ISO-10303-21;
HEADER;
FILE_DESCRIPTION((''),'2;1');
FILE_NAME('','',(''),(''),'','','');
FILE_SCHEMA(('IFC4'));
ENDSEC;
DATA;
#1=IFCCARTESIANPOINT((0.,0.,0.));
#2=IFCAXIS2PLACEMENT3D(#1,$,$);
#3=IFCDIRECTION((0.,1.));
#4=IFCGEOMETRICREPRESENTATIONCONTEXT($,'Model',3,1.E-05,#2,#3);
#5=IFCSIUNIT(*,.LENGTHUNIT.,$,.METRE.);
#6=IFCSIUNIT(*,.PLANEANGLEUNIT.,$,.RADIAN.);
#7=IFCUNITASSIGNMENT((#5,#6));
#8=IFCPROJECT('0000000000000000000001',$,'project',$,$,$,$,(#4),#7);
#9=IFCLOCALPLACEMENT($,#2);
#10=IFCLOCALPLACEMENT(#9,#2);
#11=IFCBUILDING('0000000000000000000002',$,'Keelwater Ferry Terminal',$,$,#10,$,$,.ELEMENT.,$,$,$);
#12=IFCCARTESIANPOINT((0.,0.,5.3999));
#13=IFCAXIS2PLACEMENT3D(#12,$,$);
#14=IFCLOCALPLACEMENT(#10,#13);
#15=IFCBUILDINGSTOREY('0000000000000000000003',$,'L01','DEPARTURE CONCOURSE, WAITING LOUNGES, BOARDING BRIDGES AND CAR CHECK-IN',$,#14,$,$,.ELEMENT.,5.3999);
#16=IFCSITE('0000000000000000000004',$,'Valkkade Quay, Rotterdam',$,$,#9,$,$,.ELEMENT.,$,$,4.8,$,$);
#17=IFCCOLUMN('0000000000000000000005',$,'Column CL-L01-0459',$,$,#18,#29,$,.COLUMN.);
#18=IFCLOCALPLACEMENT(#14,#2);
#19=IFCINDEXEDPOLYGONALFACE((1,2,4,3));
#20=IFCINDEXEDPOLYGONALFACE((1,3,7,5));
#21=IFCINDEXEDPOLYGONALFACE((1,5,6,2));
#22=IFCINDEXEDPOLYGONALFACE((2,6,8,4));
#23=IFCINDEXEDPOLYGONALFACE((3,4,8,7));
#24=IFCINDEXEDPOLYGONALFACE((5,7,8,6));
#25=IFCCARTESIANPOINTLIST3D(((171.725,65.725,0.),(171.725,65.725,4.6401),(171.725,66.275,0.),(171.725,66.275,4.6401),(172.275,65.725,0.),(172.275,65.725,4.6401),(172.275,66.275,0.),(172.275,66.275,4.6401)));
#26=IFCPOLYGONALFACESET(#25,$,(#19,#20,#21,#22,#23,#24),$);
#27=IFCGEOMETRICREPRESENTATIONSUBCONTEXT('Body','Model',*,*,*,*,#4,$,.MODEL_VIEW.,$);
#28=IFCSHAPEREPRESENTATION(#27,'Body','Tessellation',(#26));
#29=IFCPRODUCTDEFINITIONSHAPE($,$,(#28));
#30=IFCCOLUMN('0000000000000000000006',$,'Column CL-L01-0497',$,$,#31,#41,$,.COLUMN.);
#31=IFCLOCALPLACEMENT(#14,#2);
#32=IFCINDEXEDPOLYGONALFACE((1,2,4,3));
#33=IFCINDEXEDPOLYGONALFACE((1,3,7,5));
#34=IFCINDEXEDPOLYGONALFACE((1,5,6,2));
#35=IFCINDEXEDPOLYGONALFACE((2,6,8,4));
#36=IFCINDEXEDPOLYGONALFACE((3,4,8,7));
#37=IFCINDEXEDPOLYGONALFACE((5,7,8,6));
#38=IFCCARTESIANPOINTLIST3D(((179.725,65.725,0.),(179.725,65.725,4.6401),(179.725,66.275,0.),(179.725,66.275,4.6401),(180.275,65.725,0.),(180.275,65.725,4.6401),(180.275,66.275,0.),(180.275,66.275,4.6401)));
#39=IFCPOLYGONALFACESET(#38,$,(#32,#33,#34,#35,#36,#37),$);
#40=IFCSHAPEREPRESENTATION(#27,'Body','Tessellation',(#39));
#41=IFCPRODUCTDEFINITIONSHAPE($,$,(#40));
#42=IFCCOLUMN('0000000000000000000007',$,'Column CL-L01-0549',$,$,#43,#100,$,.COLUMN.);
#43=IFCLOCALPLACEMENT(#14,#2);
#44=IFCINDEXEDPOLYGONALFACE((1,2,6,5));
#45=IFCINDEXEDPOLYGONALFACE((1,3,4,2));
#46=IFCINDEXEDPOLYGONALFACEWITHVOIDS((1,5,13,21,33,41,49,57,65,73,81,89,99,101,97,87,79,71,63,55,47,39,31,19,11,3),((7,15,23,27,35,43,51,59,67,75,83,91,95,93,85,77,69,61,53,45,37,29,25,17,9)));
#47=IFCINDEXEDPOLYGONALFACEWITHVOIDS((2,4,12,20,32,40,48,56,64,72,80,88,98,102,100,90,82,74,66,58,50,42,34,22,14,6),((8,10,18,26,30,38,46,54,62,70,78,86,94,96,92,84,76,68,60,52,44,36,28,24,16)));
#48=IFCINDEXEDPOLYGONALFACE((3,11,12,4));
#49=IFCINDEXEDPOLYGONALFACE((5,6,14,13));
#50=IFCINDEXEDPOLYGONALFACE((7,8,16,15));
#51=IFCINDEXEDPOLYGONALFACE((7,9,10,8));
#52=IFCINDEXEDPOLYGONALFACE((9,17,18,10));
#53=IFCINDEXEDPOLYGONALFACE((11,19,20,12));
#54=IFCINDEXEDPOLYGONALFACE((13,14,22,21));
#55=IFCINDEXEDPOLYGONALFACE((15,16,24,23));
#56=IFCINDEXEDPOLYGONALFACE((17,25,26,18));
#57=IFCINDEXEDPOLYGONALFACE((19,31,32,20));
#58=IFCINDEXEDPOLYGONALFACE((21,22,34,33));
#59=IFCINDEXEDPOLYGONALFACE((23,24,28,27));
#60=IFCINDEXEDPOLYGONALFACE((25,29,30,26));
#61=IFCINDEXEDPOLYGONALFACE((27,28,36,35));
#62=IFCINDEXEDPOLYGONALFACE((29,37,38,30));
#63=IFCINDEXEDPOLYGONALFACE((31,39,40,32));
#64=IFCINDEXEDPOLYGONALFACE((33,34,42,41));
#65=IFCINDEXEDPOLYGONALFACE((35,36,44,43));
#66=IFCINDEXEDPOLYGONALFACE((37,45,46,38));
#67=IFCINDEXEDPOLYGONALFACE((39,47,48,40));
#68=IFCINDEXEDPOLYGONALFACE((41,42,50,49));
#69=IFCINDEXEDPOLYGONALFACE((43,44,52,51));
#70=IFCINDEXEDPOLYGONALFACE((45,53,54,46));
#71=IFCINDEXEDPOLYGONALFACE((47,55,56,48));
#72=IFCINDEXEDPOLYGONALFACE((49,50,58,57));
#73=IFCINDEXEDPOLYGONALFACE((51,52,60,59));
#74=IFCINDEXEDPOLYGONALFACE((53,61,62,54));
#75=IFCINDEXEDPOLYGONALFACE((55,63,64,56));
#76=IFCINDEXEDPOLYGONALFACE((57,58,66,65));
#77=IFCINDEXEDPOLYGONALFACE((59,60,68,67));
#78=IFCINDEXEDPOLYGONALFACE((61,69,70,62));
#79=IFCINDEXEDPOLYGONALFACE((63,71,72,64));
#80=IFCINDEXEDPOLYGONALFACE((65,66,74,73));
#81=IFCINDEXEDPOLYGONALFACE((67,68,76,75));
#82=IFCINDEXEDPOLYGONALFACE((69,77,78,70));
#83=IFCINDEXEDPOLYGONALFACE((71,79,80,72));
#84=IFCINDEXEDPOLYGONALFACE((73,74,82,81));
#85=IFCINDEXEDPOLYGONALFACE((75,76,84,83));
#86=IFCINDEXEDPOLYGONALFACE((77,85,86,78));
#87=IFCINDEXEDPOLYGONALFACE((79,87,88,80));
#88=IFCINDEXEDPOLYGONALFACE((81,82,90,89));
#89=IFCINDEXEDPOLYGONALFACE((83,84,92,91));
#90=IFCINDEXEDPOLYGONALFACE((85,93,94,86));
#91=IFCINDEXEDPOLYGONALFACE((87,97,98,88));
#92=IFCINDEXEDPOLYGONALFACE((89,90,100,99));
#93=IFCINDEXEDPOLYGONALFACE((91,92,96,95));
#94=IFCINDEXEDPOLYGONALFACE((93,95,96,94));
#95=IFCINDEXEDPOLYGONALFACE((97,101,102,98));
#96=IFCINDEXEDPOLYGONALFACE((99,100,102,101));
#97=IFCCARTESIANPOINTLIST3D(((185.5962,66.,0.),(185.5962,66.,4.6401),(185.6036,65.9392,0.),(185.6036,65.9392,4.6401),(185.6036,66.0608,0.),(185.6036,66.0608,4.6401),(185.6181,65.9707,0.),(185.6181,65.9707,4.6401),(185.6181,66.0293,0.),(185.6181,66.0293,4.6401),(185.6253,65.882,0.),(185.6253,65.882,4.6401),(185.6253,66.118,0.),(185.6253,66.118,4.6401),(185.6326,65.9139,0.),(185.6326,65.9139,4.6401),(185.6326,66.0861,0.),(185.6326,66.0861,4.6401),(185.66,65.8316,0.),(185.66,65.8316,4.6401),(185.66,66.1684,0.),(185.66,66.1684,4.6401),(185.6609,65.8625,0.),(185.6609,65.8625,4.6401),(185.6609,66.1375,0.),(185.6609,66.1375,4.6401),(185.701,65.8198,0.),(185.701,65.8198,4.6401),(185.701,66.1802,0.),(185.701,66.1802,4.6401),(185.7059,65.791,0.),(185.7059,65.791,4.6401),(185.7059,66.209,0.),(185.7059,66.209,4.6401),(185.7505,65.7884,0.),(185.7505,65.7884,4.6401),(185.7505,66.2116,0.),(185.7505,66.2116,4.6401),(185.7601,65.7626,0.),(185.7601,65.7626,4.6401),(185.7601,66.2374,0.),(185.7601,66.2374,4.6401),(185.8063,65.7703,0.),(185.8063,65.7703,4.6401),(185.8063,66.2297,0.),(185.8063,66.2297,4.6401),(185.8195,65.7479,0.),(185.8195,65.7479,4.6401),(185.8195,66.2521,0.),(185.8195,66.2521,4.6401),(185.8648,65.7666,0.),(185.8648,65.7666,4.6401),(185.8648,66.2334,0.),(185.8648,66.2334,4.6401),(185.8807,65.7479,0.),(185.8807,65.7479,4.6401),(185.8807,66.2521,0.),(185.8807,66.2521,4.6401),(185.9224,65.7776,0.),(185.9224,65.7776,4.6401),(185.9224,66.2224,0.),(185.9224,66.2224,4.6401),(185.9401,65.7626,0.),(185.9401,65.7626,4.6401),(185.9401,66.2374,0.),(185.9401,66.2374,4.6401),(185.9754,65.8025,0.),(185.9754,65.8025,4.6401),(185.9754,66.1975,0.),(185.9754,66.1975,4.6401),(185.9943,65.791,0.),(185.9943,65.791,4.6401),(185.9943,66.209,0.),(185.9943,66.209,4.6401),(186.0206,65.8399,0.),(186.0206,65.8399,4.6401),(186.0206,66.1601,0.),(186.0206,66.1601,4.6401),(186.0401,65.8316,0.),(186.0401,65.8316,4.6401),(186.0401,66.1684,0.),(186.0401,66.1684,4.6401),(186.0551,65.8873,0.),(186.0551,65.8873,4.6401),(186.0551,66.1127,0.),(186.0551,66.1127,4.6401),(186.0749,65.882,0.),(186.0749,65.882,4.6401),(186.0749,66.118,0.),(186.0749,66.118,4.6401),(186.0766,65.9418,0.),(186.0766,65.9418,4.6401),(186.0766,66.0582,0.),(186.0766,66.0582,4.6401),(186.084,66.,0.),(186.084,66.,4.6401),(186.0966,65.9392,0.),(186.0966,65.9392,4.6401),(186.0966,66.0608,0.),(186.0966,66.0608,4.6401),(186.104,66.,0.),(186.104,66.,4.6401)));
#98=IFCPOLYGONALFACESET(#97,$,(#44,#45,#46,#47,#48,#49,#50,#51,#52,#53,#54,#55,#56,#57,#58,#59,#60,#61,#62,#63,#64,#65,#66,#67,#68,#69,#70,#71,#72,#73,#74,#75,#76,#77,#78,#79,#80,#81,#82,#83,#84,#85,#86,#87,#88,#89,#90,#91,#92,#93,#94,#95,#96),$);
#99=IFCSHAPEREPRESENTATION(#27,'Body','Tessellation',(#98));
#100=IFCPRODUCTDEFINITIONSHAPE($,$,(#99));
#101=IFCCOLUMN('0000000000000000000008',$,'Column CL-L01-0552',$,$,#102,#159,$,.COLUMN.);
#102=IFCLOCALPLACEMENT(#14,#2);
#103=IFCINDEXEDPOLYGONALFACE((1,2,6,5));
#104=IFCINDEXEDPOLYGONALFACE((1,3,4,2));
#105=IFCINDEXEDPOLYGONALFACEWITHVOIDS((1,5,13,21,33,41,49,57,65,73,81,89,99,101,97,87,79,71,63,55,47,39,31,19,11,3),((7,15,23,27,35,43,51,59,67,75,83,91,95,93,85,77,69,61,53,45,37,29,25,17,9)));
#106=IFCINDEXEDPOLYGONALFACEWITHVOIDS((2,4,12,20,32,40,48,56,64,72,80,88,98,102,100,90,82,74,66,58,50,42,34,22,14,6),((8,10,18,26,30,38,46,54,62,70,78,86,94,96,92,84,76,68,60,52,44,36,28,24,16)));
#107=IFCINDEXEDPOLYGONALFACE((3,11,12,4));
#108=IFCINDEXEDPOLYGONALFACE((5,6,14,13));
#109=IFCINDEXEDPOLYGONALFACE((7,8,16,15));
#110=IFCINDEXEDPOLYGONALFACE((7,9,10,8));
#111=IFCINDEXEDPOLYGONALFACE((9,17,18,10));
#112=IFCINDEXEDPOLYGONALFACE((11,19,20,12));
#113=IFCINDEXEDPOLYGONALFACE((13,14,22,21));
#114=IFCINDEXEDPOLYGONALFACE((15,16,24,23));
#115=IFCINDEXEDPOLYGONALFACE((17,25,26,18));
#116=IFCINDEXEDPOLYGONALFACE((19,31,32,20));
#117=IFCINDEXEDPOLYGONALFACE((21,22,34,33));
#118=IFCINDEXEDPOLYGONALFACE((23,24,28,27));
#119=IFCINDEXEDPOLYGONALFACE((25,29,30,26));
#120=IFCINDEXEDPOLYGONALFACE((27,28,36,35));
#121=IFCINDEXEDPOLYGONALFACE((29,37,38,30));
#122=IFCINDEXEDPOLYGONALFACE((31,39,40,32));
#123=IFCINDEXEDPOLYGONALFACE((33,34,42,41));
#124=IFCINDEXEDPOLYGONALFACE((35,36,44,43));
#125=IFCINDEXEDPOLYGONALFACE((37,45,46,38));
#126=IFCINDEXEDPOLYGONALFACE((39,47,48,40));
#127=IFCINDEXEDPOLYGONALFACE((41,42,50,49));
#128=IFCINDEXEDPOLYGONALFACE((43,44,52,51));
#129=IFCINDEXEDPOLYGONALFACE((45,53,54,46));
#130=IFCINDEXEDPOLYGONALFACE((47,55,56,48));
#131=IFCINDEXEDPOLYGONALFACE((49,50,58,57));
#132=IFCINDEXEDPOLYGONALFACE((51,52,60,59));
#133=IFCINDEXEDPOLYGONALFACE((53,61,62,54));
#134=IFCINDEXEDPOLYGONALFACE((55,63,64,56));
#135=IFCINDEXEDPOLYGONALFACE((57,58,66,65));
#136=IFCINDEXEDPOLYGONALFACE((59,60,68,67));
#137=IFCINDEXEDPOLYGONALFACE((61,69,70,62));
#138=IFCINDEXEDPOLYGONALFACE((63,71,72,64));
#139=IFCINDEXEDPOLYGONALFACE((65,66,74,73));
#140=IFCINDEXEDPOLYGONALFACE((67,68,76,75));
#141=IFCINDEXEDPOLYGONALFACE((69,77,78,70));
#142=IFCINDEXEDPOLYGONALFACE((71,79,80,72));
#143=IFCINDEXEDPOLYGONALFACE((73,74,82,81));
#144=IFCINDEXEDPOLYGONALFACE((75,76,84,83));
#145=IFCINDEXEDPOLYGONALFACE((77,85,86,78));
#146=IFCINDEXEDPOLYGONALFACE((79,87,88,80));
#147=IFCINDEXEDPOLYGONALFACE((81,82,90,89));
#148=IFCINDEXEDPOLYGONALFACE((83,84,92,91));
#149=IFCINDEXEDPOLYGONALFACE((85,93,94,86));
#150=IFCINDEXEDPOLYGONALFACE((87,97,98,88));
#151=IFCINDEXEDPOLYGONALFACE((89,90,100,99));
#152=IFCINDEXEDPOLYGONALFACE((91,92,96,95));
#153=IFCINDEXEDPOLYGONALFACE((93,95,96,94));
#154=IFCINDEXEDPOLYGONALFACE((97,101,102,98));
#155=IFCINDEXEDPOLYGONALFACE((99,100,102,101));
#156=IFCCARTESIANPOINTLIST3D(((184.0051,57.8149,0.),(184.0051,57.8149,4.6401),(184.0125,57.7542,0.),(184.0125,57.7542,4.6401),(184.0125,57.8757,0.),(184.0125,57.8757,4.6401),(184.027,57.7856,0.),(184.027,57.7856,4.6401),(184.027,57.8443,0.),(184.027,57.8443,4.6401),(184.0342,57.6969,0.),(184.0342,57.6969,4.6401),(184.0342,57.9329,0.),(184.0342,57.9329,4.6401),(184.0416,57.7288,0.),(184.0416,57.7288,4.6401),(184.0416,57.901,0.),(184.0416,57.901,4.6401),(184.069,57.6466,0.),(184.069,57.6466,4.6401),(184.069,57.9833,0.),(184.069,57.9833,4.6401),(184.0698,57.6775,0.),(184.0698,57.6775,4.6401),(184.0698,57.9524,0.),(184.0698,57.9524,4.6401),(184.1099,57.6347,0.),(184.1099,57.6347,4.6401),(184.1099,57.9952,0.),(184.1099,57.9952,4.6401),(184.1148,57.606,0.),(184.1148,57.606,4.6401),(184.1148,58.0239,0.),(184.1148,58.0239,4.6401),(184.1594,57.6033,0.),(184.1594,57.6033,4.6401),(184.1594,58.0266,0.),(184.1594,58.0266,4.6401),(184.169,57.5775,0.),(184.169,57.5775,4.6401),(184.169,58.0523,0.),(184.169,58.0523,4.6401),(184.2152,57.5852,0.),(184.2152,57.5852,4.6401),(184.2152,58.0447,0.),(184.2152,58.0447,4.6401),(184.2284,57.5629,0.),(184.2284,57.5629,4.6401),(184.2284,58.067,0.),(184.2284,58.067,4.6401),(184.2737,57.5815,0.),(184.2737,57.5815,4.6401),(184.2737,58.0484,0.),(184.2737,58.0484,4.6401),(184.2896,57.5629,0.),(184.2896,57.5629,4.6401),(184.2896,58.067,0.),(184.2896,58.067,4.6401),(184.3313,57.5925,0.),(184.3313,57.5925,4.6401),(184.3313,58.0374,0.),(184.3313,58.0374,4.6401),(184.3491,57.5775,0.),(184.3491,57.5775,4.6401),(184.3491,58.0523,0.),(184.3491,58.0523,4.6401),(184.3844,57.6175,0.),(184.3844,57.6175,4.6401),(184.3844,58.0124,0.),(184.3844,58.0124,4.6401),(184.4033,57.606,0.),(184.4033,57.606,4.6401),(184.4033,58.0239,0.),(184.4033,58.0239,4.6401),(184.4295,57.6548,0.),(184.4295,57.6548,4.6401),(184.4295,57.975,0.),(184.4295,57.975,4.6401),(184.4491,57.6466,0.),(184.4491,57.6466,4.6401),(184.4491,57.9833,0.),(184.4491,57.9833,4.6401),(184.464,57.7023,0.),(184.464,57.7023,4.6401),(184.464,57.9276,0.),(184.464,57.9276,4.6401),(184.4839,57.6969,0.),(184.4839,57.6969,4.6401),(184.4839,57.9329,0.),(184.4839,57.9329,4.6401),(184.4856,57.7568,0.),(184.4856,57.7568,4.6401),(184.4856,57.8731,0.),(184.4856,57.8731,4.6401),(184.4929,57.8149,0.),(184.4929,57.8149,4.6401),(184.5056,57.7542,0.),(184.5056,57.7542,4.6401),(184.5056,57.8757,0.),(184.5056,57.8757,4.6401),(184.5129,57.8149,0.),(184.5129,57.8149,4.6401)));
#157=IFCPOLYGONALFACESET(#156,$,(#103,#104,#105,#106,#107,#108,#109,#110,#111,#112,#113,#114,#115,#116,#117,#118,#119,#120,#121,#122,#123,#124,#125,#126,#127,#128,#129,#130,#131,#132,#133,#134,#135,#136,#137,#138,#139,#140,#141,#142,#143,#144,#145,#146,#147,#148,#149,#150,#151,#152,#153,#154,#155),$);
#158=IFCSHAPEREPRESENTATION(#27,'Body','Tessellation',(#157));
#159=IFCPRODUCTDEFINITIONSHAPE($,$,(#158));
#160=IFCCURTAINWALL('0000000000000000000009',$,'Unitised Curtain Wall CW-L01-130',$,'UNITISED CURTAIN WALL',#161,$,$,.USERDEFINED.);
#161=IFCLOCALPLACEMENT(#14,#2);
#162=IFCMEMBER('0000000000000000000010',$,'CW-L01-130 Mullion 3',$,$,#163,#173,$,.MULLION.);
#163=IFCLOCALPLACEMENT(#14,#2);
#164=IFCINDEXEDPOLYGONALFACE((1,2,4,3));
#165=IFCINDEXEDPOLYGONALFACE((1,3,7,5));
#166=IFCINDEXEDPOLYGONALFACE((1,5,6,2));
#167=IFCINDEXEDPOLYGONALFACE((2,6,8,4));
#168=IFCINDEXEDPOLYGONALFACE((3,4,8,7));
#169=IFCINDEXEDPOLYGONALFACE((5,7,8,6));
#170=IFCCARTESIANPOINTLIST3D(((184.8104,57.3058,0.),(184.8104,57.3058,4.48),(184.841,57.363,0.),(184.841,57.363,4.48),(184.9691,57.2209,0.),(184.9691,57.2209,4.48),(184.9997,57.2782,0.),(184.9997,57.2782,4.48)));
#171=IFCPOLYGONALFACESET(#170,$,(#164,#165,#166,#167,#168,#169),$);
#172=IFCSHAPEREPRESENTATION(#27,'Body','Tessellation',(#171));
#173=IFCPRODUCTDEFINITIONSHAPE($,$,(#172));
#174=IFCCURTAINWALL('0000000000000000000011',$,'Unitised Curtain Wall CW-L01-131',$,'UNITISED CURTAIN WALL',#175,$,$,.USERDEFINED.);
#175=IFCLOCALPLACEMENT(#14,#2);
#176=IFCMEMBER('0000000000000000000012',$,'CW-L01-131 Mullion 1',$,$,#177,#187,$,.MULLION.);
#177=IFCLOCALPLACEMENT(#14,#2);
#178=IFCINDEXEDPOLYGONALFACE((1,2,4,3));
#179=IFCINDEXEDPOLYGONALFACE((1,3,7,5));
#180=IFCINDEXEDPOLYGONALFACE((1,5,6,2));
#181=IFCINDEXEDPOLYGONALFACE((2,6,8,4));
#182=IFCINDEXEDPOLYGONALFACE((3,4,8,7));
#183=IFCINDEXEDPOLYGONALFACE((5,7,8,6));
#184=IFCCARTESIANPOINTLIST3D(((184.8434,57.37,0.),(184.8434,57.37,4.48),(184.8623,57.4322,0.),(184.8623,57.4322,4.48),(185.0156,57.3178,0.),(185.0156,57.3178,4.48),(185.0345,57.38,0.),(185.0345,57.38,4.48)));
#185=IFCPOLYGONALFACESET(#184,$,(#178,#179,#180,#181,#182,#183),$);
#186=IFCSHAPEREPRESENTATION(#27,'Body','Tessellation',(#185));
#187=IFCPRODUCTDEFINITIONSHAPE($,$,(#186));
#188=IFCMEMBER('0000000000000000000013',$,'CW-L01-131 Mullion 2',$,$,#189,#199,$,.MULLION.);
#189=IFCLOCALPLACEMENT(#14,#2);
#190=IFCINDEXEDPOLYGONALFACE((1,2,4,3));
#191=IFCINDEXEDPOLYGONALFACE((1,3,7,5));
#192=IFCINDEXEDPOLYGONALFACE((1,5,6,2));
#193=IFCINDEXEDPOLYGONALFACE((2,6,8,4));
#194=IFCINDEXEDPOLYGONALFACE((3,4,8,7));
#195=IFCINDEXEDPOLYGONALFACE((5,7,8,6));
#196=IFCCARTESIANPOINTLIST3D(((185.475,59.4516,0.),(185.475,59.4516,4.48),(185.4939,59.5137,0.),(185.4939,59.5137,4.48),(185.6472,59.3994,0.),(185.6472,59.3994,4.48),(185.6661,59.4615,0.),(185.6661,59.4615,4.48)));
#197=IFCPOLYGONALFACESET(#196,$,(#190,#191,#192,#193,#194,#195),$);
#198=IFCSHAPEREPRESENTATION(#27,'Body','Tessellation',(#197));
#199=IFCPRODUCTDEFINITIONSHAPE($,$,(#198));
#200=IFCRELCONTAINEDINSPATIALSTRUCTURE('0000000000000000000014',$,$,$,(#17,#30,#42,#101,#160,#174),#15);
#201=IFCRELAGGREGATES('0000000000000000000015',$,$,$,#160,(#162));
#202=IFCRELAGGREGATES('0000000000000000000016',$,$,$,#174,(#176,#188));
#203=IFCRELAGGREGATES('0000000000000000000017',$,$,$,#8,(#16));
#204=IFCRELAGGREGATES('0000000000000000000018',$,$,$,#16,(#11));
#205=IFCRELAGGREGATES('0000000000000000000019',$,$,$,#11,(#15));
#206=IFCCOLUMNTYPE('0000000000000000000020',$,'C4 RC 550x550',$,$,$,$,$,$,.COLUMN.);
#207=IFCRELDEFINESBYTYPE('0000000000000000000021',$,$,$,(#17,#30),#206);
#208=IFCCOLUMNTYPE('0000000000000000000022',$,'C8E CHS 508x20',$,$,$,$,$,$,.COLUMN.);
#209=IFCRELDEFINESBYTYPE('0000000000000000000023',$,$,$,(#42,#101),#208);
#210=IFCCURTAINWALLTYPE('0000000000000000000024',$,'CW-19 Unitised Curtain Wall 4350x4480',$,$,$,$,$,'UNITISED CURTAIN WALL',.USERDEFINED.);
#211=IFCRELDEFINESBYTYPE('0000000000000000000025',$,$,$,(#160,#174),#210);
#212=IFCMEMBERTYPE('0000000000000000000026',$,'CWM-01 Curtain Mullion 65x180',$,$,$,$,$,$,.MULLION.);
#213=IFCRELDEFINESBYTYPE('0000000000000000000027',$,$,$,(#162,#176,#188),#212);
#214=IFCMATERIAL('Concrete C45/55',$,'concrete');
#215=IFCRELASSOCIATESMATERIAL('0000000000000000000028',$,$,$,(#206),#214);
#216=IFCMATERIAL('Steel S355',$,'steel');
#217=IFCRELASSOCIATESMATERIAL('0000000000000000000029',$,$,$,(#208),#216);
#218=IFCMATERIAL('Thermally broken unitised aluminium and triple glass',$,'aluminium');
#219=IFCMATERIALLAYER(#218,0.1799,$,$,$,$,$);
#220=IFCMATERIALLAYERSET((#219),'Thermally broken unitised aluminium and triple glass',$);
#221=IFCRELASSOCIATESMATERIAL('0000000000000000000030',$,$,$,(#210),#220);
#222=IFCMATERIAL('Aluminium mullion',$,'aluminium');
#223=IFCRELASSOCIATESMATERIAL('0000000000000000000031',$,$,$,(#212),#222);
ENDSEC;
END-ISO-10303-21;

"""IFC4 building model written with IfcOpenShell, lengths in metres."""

from ifc_helpers import new_model, si_unit, direction, frame, origin, origin_2d, place, context, subcontext, project, spatial, rectangle, hollow_circle, extrude, material, layer, layer_set, material_profile, profile_set, type_object, element, aggregate, save


model = new_model("IFC4")

# Units and contexts
model_context = context("Model", 3, precision=1e-05, world=origin(), true_north=direction((0.0, 1.0)))
body_context = subcontext(model_context, "Body", "Model", "MODEL_VIEW")
ifc_project = project(units=[si_unit("LENGTHUNIT", "METRE"), si_unit("PLANEANGLEUNIT", "RADIAN")], contexts=[model_context])

# Site, building, storey
site_placement = place(None, origin())
site = spatial("IfcSite", under=ifc_project, at=site_placement, Name="Valkkade Quay, Rotterdam", CompositionType="ELEMENT", RefElevation=4.8)
building_placement = place(site_placement, origin())
building = spatial("IfcBuilding", under=site, at=building_placement, Name="Keelwater Ferry Terminal", CompositionType="ELEMENT")
storey_placement = place(building_placement, frame((0.0, 0.0, 5.3999)))
storey = spatial("IfcBuildingStorey", under=building, at=storey_placement, Name="L01", Description="DEPARTURE CONCOURSE, WAITING LOUNGES, BOARDING BRIDGES AND CAR CHECK-IN", CompositionType="ELEMENT", Elevation=5.3999)

# Columns
ifc_material_1 = material(Name="Concrete C45/55", Category="concrete")
ifc_material_profile_1 = material_profile(ifc_material_1, rectangle(XDim=0.55, YDim=0.55, at=origin_2d()), Name="RC 550x550")
ifc_profile_set_1 = profile_set([ifc_material_profile_1], Name="Concrete C45/55")
column_type_1 = type_object("IfcColumnType", Name="C4 RC 550x550", PredefinedType="COLUMN", material=ifc_profile_set_1)
for number, where, z_axis, x_axis, name in (
    (1, (172.0, 66.0, 0.0), (0.0, 0.0, 1.0), (1.0, 0.0, 0.0), "Column CL-L01-0459"),
    (2, (180.0, 66.0, 0.0), (0.0, 0.0, 1.0), (1.0, 0.0, 0.0), "Column CL-L01-0497"),
):
    element("IfcColumn", number, at=place(storey_placement, frame(where, z_axis=z_axis, x_axis=x_axis)), inside=storey, type_object=column_type_1, Name=name, PredefinedType="COLUMN", context=body_context, shape_type="SweptSolid", body=[
        extrude(rectangle(XDim=0.55, YDim=0.55, at=origin_2d()), origin(), (0.0, 0.0, 1.0), 4.6401),
    ])
ifc_material_2 = material(Name="Steel S355", Category="steel")
ifc_material_profile_2 = material_profile(ifc_material_2, hollow_circle(Radius=0.2539, WallThickness=0.02, at=origin_2d()), Name="CHS 508x20")
ifc_profile_set_2 = profile_set([ifc_material_profile_2], Name="Steel S355")
column_type_2 = type_object("IfcColumnType", Name="C8E CHS 508x20", PredefinedType="COLUMN", material=ifc_profile_set_2)
for number, where, z_axis, x_axis, name in (
    (3, (185.8501, 66.0, 0.0), (0.0, 0.0, 1.0), (1.0, 0.0, 0.0), "Column CL-L01-0549"),
    (4, (184.259, 57.8149, 0.0), (0.0, 0.0, 1.0), (1.0, 0.0, 0.0), "Column CL-L01-0552"),
):
    element("IfcColumn", number, at=place(storey_placement, frame(where, z_axis=z_axis, x_axis=x_axis)), inside=storey, type_object=column_type_2, Name=name, PredefinedType="COLUMN", context=body_context, shape_type="SweptSolid", body=[
        extrude(hollow_circle(Radius=0.2539, WallThickness=0.02, at=origin_2d()), origin(), (0.0, 0.0, 1.0), 4.6401),
    ])

# Curtain wall, member
ifc_material_3 = material(Name="Thermally broken unitised aluminium and triple glass", Category="aluminium")
ifc_layer_1 = layer(ifc_material_3, 0.1799)
ifc_layer_set_1 = layer_set([ifc_layer_1], Name="Thermally broken unitised aluminium and triple glass")
curtain_wall_type = type_object("IfcCurtainWallType", Name="CW-19 Unitised Curtain Wall 4350x4480", ElementType="UNITISED CURTAIN WALL", PredefinedType="USERDEFINED", material=ifc_layer_set_1)
curtain_wall_1_placement = place(storey_placement, origin())
curtain_wall_1 = element("IfcCurtainWall", 5, at=curtain_wall_1_placement, inside=storey, type_object=curtain_wall_type, Name="Unitised Curtain Wall CW-L01-130", ObjectType="UNITISED CURTAIN WALL", PredefinedType="USERDEFINED")
ifc_material_4 = material(Name="Aluminium mullion", Category="aluminium")
ifc_material_profile_3 = material_profile(ifc_material_4, rectangle(XDim=0.0649, YDim=0.1799, at=origin_2d()), Name="CWM-01")
ifc_profile_set_3 = profile_set([ifc_material_profile_3], Name="Aluminium mullion")
member_type_1 = type_object("IfcMemberType", Name="CWM-01 Curtain Mullion 65x180", PredefinedType="MULLION", material=ifc_profile_set_3)
member_1_placement = place(storey_placement, frame((184.905, 57.292, 0.0), z_axis=(0.0, 0.0, 1.0), x_axis=(0.471507, 0.881862, 0.0)))
member_1 = element("IfcMember", 6, at=member_1_placement, type_object=member_type_1, Name="CW-L01-130 Mullion 3", PredefinedType="MULLION", context=body_context, shape_type="SweptSolid", body=[
    extrude(rectangle(XDim=0.0649, YDim=0.1799, at=origin_2d()), origin(), (0.0, 0.0, 1.0), 4.48),
])

# Curtain wall, members
curtain_wall_2_placement = place(storey_placement, origin())
curtain_wall_2 = element("IfcCurtainWall", 7, at=curtain_wall_2_placement, inside=storey, type_object=curtain_wall_type, Name="Unitised Curtain Wall CW-L01-131", ObjectType="UNITISED CURTAIN WALL", PredefinedType="USERDEFINED")
member_2_placement = place(storey_placement, frame((184.939, 57.375, 0.0), z_axis=(0.0, 0.0, 1.0), x_axis=(0.29032, 0.95693, 0.0)))
member_2 = element("IfcMember", 8, at=member_2_placement, type_object=member_type_1, Name="CW-L01-131 Mullion 1", PredefinedType="MULLION", context=body_context, shape_type="SweptSolid", body=[
    extrude(rectangle(XDim=0.0649, YDim=0.1799, at=origin_2d()), origin(), (0.0, 0.0, 1.0), 4.48),
])
member_3_placement = place(storey_placement, frame((185.5706, 59.4565, 0.0), z_axis=(0.0, 0.0, 1.0), x_axis=(0.29032, 0.95693, 0.0)))
member_3 = element("IfcMember", 9, at=member_3_placement, type_object=member_type_1, Name="CW-L01-131 Mullion 2", PredefinedType="MULLION", context=body_context, shape_type="SweptSolid", body=[
    extrude(rectangle(XDim=0.0649, YDim=0.1799, at=origin_2d()), origin(), (0.0, 0.0, 1.0), 4.48),
])

aggregate(curtain_wall_1, [member_1])
aggregate(curtain_wall_2, [member_2, member_3])

save(model, "model.ifc")
